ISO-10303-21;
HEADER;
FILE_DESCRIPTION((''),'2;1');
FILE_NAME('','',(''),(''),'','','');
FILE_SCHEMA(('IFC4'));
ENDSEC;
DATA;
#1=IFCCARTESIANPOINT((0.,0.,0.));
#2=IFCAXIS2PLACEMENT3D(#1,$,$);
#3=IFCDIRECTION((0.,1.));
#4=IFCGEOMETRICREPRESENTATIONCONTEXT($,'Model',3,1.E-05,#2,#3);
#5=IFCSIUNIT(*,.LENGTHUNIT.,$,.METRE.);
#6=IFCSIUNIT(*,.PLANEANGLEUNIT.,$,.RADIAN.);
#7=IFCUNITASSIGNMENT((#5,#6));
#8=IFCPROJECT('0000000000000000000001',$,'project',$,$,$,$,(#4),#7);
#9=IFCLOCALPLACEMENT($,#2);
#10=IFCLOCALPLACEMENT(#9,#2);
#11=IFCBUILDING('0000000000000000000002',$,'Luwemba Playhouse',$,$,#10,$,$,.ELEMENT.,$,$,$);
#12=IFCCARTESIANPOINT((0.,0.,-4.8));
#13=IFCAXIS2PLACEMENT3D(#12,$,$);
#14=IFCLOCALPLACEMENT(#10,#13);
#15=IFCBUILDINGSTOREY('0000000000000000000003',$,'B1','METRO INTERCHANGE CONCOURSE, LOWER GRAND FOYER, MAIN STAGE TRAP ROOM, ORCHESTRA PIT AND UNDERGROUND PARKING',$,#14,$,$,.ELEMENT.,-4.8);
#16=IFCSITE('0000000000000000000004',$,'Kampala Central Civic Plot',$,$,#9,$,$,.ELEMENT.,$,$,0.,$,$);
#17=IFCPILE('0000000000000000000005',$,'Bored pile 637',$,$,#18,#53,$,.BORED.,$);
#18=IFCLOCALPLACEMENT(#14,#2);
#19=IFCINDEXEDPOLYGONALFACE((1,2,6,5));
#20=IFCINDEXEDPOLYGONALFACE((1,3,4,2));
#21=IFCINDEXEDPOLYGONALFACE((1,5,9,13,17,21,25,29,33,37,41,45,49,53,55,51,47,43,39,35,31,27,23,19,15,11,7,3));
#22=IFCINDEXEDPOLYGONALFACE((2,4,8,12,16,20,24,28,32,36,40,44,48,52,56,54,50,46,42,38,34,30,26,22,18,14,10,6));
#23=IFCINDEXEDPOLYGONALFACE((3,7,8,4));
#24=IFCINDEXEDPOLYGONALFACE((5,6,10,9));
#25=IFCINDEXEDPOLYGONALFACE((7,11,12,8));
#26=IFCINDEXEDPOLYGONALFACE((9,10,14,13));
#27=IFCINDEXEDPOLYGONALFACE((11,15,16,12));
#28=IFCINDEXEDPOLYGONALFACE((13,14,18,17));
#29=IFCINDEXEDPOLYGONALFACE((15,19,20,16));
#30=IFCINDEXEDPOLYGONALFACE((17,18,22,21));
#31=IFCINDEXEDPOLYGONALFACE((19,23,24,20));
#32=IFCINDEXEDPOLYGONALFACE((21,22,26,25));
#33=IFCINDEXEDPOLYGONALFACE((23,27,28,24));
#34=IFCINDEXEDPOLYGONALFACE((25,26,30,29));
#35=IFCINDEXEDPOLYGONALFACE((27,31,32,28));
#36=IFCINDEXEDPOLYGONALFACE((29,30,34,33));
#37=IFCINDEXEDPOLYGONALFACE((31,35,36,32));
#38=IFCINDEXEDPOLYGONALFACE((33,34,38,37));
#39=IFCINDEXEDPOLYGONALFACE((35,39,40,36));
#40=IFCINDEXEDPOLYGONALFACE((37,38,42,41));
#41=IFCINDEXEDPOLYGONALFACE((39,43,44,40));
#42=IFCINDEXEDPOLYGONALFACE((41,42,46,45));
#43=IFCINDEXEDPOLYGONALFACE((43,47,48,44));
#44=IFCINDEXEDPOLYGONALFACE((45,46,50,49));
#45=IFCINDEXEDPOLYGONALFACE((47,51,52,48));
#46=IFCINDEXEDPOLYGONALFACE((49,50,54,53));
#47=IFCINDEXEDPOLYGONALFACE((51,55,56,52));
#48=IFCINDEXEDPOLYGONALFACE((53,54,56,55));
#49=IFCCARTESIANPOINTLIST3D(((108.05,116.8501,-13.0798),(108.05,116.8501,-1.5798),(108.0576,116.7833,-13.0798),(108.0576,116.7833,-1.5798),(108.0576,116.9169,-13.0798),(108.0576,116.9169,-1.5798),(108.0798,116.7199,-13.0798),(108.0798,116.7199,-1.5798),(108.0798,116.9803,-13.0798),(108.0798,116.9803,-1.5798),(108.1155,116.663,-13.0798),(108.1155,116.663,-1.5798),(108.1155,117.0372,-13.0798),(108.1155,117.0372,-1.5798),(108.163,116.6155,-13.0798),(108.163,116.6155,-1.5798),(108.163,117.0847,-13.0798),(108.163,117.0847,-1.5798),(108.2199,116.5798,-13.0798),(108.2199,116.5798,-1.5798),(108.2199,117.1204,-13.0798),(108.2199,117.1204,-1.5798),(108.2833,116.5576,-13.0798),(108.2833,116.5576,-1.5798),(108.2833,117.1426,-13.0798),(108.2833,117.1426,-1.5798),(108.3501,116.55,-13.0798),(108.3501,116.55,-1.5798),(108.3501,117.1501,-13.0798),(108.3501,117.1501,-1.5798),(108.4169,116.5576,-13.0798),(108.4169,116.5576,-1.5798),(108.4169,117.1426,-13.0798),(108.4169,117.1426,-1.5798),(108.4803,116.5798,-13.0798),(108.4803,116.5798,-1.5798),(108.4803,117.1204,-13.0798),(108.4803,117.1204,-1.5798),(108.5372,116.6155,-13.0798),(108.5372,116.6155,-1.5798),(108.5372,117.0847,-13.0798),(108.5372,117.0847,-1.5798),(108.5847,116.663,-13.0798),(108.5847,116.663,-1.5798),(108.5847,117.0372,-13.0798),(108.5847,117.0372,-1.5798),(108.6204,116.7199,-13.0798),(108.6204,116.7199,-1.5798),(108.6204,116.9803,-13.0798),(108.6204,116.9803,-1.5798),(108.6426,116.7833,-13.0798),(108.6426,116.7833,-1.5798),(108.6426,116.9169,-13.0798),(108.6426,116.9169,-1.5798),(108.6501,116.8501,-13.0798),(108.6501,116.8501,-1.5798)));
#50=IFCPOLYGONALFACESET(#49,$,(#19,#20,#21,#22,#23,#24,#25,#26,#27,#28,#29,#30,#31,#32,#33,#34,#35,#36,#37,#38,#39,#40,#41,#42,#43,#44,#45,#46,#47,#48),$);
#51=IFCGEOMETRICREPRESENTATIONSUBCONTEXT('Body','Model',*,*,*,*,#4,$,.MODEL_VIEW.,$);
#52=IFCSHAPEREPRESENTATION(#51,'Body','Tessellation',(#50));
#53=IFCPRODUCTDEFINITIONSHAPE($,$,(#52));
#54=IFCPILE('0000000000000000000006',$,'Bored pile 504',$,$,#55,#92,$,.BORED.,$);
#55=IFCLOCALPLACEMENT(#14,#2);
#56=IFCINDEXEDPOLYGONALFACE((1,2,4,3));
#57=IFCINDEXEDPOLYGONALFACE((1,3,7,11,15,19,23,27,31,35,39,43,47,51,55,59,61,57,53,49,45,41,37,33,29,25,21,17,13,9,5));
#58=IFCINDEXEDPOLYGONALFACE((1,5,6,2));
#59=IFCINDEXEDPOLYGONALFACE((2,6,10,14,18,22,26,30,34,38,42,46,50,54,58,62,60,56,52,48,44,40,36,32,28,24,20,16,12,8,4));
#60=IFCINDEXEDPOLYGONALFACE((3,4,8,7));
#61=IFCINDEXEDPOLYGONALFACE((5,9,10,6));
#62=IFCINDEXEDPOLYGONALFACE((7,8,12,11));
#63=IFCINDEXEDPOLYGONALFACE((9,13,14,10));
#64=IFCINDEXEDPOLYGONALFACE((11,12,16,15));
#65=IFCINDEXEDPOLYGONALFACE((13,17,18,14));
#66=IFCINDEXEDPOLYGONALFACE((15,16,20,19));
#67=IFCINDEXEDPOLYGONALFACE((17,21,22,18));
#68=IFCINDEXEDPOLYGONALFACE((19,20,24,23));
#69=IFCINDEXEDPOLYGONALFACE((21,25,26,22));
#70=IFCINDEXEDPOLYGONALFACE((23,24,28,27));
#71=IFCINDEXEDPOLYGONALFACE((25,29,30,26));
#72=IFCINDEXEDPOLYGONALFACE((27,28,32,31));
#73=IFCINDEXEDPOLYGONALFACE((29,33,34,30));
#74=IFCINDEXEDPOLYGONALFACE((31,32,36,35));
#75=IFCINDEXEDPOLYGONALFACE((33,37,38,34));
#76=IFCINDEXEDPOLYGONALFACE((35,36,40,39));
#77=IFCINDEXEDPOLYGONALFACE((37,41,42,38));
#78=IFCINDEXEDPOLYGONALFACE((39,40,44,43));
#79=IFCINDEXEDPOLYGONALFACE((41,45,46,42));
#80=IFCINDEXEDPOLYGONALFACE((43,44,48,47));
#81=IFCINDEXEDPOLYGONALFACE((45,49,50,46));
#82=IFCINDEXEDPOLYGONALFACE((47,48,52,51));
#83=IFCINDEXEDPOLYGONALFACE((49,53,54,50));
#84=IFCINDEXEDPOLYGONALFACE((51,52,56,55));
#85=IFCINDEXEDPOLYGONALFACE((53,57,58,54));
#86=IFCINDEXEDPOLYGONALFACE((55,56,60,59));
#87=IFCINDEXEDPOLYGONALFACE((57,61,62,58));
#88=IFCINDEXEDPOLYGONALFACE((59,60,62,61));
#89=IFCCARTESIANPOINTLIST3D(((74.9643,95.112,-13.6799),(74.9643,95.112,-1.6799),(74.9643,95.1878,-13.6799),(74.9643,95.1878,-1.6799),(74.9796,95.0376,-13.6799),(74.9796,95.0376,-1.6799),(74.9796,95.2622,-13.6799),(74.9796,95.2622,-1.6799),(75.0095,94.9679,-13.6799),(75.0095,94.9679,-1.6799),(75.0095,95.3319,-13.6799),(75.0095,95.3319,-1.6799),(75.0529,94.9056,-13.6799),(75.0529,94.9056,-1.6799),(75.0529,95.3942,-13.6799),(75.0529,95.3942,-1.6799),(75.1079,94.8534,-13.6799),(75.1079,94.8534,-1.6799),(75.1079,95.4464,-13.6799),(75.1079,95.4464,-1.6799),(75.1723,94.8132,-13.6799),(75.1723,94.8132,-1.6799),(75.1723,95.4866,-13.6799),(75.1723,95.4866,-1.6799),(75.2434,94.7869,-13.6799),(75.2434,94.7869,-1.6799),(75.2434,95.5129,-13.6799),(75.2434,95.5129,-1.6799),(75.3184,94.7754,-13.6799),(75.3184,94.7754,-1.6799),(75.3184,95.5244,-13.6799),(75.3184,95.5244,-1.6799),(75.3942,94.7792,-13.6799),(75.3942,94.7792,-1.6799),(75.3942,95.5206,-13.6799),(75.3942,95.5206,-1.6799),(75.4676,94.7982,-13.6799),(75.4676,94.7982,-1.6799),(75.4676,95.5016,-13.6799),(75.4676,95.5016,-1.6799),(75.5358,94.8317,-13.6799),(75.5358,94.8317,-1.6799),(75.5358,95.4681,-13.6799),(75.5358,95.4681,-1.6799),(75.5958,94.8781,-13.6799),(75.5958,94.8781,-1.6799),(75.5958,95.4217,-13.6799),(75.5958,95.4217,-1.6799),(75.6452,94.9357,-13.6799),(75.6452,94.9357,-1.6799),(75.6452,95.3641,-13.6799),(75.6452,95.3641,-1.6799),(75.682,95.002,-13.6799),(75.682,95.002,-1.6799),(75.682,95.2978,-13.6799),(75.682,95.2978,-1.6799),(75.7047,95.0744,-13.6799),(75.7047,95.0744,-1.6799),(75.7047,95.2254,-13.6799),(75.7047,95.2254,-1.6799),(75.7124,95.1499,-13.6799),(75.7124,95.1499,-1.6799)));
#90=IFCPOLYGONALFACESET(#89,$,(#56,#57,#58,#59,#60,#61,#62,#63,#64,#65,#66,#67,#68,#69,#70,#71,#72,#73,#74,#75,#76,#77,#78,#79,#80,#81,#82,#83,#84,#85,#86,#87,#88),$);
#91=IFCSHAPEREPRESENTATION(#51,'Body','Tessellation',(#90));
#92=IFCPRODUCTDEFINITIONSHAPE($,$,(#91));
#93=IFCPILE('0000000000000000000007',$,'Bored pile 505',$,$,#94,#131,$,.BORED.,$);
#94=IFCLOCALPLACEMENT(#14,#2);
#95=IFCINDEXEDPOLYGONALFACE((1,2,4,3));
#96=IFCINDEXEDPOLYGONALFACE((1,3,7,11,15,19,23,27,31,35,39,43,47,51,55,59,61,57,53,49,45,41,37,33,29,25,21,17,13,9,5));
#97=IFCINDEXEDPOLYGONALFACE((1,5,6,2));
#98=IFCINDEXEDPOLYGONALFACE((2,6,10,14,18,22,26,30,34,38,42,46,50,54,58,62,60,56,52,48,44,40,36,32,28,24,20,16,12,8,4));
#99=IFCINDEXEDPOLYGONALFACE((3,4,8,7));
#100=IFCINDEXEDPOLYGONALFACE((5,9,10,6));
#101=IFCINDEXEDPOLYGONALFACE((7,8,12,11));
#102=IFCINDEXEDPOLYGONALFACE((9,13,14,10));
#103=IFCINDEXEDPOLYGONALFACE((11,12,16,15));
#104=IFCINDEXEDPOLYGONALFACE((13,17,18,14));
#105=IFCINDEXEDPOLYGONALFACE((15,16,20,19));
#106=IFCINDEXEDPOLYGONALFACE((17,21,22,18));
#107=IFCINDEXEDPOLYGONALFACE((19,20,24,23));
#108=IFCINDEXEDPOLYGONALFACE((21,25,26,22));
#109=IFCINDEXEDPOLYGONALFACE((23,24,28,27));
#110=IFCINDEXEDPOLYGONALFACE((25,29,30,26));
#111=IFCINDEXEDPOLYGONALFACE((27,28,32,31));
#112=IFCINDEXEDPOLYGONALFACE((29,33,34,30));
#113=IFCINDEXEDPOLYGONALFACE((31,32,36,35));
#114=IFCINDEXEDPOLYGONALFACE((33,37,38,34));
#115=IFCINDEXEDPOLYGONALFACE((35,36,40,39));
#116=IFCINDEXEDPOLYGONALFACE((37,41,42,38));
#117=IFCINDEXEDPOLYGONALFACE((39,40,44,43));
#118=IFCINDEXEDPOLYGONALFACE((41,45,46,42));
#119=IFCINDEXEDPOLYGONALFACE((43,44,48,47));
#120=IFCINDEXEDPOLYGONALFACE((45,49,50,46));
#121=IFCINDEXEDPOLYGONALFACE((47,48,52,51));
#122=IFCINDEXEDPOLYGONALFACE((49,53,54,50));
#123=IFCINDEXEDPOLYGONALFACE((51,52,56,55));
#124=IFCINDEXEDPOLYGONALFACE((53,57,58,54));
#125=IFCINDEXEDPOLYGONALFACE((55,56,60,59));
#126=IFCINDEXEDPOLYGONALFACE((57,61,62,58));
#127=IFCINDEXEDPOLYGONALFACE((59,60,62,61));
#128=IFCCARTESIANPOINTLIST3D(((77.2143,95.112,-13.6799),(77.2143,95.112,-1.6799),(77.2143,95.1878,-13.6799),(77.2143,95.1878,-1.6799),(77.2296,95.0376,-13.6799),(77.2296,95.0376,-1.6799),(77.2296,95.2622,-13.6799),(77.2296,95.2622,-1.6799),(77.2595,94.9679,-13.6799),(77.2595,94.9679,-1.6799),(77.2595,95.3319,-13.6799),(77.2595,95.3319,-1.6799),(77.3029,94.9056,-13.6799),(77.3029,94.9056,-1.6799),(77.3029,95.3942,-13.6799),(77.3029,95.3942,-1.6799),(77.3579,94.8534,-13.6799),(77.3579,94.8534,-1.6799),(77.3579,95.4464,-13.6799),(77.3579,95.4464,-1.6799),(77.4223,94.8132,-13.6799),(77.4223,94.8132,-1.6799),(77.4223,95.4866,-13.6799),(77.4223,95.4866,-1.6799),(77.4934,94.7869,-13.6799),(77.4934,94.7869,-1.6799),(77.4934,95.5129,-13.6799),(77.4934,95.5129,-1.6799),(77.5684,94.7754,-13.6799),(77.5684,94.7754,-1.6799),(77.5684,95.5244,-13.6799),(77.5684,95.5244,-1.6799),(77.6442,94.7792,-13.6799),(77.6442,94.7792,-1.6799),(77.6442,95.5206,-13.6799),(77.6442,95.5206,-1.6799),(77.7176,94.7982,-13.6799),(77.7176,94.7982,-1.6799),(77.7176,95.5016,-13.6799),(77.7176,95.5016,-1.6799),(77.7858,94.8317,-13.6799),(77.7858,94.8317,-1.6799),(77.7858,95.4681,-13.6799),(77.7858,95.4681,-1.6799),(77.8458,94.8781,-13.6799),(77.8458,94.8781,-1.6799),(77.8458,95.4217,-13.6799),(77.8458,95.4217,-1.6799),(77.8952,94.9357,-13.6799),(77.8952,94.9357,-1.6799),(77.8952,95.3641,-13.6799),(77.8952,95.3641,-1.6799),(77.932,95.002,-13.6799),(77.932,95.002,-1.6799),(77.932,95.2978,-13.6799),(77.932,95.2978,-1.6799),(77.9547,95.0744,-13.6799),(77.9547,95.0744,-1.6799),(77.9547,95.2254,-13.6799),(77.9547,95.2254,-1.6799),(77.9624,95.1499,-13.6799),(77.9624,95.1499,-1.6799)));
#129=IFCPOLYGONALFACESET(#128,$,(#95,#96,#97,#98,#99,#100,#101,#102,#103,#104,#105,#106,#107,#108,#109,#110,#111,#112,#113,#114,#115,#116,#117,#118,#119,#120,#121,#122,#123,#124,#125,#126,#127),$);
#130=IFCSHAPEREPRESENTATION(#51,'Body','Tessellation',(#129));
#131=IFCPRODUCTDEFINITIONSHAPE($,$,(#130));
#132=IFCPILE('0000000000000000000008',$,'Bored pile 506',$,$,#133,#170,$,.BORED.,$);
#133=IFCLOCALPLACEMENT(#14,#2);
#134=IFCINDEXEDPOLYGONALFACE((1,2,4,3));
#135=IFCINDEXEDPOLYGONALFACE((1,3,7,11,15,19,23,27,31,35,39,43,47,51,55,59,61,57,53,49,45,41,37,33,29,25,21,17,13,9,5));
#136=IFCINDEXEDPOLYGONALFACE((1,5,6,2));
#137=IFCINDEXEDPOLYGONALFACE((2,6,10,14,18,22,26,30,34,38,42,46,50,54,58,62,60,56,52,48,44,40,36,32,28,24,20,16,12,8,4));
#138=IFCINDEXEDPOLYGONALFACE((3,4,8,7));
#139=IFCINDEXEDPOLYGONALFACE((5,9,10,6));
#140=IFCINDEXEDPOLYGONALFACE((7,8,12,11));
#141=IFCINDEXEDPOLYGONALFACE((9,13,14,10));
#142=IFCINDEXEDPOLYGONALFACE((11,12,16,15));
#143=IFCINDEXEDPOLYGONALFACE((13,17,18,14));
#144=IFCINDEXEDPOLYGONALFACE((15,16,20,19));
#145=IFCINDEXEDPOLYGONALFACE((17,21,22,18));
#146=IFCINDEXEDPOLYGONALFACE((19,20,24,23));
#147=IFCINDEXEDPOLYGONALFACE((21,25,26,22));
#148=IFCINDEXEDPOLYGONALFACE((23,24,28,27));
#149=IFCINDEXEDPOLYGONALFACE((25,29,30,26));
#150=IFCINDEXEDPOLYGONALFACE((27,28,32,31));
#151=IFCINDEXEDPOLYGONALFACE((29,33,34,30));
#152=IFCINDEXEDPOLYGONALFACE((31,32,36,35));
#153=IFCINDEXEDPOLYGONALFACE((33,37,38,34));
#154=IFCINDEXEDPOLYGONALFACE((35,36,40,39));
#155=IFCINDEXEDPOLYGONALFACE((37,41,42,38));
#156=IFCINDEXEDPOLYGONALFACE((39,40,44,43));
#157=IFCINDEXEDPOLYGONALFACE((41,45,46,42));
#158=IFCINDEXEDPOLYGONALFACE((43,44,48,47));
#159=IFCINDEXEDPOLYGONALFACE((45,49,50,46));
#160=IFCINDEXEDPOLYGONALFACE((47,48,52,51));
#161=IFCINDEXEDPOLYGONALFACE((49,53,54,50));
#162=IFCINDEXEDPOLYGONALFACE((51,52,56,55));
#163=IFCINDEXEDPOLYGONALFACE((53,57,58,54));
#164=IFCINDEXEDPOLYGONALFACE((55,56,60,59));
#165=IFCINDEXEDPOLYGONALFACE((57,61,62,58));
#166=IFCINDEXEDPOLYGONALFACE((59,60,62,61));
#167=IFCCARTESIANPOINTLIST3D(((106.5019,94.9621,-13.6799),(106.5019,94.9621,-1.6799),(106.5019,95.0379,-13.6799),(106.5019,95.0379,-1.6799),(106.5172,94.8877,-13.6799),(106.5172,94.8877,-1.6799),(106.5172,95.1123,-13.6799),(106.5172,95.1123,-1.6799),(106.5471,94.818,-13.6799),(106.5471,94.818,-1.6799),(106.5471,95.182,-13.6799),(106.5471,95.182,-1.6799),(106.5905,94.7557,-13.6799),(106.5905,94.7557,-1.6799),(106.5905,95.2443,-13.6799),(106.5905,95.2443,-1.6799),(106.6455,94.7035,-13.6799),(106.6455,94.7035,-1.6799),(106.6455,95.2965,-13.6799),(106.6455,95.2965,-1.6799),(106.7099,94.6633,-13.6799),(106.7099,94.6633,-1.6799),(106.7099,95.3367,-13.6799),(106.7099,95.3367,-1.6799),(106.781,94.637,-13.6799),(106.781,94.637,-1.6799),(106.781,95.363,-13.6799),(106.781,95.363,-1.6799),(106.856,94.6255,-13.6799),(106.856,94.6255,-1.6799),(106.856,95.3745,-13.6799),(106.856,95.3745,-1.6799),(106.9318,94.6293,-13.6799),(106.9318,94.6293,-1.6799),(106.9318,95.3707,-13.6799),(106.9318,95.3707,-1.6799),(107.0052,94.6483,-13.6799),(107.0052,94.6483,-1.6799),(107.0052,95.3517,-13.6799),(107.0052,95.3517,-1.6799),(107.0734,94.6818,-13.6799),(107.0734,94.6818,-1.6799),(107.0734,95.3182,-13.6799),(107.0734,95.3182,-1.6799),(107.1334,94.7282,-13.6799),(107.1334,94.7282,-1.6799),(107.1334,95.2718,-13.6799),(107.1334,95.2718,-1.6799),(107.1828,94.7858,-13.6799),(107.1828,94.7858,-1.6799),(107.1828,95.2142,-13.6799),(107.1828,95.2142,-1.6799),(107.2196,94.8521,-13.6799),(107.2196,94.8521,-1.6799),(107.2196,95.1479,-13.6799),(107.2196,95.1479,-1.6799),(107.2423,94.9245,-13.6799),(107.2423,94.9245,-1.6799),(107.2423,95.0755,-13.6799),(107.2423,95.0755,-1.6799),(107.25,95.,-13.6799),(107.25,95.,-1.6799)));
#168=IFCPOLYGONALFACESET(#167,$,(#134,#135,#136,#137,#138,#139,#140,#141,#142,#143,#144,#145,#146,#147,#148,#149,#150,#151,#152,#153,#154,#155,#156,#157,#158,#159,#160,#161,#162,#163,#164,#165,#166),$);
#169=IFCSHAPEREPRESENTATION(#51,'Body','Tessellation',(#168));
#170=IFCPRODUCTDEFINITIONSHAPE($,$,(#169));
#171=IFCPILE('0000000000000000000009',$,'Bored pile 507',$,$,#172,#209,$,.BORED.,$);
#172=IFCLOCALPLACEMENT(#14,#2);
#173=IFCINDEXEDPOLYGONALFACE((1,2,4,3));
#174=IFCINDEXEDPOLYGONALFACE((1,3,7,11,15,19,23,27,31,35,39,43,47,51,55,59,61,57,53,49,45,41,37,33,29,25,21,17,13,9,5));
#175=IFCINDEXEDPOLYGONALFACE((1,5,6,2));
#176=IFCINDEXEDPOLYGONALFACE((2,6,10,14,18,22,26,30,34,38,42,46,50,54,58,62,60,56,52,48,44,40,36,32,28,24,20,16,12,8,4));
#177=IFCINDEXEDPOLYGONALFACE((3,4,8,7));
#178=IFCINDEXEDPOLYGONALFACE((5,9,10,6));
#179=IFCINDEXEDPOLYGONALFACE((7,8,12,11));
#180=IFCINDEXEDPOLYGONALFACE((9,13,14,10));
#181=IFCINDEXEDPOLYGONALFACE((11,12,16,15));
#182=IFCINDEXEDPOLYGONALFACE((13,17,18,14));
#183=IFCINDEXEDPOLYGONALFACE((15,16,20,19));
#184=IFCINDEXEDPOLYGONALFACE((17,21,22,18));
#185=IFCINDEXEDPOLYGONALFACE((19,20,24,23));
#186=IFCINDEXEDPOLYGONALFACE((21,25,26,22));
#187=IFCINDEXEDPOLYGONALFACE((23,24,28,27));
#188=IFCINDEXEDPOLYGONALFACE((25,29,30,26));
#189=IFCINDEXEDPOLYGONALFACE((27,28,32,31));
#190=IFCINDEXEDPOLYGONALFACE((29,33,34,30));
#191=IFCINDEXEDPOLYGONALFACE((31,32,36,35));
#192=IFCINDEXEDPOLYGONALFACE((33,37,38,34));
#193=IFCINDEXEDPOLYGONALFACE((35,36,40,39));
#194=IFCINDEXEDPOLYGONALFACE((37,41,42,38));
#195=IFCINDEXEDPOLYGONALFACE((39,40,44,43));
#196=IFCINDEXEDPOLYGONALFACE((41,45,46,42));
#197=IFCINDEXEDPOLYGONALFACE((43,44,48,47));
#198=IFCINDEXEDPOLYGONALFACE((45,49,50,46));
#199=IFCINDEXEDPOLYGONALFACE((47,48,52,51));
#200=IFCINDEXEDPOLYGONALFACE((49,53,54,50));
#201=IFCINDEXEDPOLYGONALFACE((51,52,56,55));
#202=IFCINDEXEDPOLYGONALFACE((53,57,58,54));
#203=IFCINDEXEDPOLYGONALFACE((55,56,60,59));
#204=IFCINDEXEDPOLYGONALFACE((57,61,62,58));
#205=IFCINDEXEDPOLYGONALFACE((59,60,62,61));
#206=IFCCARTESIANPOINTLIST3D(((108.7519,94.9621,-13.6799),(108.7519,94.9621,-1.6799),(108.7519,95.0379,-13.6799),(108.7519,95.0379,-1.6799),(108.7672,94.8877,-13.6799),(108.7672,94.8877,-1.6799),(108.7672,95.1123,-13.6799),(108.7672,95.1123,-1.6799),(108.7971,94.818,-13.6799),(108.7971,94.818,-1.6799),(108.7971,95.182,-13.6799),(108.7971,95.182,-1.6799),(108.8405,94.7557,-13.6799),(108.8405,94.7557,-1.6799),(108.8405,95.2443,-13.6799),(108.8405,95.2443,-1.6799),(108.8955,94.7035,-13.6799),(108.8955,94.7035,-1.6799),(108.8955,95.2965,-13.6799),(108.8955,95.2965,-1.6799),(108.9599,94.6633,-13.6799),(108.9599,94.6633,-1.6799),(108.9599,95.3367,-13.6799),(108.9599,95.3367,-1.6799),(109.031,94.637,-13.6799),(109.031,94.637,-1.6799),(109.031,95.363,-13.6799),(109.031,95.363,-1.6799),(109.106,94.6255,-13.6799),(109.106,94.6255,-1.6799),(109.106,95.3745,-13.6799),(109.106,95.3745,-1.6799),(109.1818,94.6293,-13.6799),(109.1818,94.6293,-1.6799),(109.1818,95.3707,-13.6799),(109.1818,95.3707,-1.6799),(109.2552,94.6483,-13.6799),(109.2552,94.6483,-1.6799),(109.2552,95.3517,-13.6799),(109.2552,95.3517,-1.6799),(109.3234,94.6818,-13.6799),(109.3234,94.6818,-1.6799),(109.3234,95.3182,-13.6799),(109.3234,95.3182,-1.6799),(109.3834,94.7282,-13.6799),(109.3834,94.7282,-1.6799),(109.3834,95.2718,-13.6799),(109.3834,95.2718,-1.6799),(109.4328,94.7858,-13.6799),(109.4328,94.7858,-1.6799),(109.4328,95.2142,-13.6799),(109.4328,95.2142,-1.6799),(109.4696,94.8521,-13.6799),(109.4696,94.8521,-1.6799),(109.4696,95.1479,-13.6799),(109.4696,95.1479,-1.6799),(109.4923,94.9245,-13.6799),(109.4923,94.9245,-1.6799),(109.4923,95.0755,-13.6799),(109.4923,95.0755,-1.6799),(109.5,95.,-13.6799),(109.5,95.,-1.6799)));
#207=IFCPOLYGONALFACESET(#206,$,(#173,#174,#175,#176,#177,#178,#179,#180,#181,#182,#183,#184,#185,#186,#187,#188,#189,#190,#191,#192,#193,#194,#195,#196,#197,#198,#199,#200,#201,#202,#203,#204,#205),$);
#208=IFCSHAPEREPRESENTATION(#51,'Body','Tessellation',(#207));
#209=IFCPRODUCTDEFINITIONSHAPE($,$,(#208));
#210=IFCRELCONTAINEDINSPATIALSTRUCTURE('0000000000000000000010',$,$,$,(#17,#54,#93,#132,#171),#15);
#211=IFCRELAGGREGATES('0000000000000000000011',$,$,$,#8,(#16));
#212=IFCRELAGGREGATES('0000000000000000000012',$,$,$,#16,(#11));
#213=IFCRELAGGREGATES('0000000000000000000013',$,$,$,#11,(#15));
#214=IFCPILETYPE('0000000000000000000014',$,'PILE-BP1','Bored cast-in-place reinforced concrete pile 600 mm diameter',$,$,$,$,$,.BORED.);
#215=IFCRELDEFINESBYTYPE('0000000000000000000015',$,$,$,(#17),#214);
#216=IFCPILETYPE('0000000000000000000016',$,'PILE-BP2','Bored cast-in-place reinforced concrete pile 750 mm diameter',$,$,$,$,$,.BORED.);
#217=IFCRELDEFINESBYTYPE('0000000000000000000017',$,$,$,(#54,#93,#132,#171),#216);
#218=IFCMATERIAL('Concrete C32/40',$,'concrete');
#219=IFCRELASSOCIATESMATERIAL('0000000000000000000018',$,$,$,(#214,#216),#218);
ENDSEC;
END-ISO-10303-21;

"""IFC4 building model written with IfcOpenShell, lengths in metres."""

from ifc_helpers import new_model, si_unit, direction, frame, origin, origin_2d, place, context, subcontext, project, spatial, circle, extrude, material, material_profile, profile_set, type_object, element, save


model = new_model("IFC4")

# Units and contexts
model_context = context("Model", 3, precision=1e-05, world=origin(), true_north=direction((0.0, 1.0)))
body_context = subcontext(model_context, "Body", "Model", "MODEL_VIEW")
ifc_project = project(units=[si_unit("LENGTHUNIT", "METRE"), si_unit("PLANEANGLEUNIT", "RADIAN")], contexts=[model_context])

# Site, building, storey
site_placement = place(None, origin())
site = spatial("IfcSite", under=ifc_project, at=site_placement, Name="Kampala Central Civic Plot", CompositionType="ELEMENT", RefElevation=0.0)
building_placement = place(site_placement, origin())
building = spatial("IfcBuilding", under=site, at=building_placement, Name="Luwemba Playhouse", CompositionType="ELEMENT")
storey_placement = place(building_placement, frame((0.0, 0.0, -4.8)))
storey = spatial("IfcBuildingStorey", under=building, at=storey_placement, Name="B1", Description="METRO INTERCHANGE CONCOURSE, LOWER GRAND FOYER, MAIN STAGE TRAP ROOM, ORCHESTRA PIT AND UNDERGROUND PARKING", CompositionType="ELEMENT", Elevation=-4.8)

# Shared definitions
ifc_material_1 = material(Name="Concrete C32/40", Category="concrete")

# Piles
ifc_material_profile_1 = material_profile(ifc_material_1, circle(Radius=0.3, at=origin_2d()))
ifc_profile_set_1 = profile_set([ifc_material_profile_1], Name="Concrete C32/40")
pile_type_1 = type_object("IfcPileType", Name="PILE-BP1", Description="Bored cast-in-place reinforced concrete pile 600 mm diameter", PredefinedType="BORED", material=ifc_profile_set_1)
for number, where, z_axis, x_axis, name in (
    (1, (108.3501, 116.8501, -1.5798), (0.0, 0.0, -1.0), (1.0, 0.0, 0.0), "Bored pile 637"),
):
    element("IfcPile", number, at=place(storey_placement, frame(where, z_axis=z_axis, x_axis=x_axis)), inside=storey, type_object=pile_type_1, Name=name, PredefinedType="BORED", context=body_context, shape_type="SweptSolid", body=[
        extrude(circle(Radius=0.3, at=origin_2d()), origin(), (0.0, 0.0, 1.0), 11.5),
    ])
ifc_material_profile_2 = material_profile(ifc_material_1, circle(Radius=0.375, at=origin_2d()))
ifc_profile_set_2 = profile_set([ifc_material_profile_2], Name="Concrete C32/40")
pile_type_2 = type_object("IfcPileType", Name="PILE-BP2", Description="Bored cast-in-place reinforced concrete pile 750 mm diameter", PredefinedType="BORED", material=ifc_profile_set_2)
for number, where, z_axis, x_axis, name in (
    (2, (75.3374, 95.1499, -1.6799), (0.0, 0.0, -1.0), (1.0, 0.0, 0.0), "Bored pile 504"),
    (3, (77.5874, 95.1499, -1.6799), (0.0, 0.0, -1.0), (1.0, 0.0, 0.0), "Bored pile 505"),
    (4, (106.875, 95.0, -1.6799), (0.0, 0.0, -1.0), (1.0, 0.0, 0.0), "Bored pile 506"),
    (5, (109.125, 95.0, -1.6799), (0.0, 0.0, -1.0), (1.0, 0.0, 0.0), "Bored pile 507"),
):
    element("IfcPile", number, at=place(storey_placement, frame(where, z_axis=z_axis, x_axis=x_axis)), inside=storey, type_object=pile_type_2, Name=name, PredefinedType="BORED", context=body_context, shape_type="SweptSolid", body=[
        extrude(circle(Radius=0.375, at=origin_2d()), origin(), (0.0, 0.0, 1.0), 12.0),
    ])

save(model, "model.ifc")
